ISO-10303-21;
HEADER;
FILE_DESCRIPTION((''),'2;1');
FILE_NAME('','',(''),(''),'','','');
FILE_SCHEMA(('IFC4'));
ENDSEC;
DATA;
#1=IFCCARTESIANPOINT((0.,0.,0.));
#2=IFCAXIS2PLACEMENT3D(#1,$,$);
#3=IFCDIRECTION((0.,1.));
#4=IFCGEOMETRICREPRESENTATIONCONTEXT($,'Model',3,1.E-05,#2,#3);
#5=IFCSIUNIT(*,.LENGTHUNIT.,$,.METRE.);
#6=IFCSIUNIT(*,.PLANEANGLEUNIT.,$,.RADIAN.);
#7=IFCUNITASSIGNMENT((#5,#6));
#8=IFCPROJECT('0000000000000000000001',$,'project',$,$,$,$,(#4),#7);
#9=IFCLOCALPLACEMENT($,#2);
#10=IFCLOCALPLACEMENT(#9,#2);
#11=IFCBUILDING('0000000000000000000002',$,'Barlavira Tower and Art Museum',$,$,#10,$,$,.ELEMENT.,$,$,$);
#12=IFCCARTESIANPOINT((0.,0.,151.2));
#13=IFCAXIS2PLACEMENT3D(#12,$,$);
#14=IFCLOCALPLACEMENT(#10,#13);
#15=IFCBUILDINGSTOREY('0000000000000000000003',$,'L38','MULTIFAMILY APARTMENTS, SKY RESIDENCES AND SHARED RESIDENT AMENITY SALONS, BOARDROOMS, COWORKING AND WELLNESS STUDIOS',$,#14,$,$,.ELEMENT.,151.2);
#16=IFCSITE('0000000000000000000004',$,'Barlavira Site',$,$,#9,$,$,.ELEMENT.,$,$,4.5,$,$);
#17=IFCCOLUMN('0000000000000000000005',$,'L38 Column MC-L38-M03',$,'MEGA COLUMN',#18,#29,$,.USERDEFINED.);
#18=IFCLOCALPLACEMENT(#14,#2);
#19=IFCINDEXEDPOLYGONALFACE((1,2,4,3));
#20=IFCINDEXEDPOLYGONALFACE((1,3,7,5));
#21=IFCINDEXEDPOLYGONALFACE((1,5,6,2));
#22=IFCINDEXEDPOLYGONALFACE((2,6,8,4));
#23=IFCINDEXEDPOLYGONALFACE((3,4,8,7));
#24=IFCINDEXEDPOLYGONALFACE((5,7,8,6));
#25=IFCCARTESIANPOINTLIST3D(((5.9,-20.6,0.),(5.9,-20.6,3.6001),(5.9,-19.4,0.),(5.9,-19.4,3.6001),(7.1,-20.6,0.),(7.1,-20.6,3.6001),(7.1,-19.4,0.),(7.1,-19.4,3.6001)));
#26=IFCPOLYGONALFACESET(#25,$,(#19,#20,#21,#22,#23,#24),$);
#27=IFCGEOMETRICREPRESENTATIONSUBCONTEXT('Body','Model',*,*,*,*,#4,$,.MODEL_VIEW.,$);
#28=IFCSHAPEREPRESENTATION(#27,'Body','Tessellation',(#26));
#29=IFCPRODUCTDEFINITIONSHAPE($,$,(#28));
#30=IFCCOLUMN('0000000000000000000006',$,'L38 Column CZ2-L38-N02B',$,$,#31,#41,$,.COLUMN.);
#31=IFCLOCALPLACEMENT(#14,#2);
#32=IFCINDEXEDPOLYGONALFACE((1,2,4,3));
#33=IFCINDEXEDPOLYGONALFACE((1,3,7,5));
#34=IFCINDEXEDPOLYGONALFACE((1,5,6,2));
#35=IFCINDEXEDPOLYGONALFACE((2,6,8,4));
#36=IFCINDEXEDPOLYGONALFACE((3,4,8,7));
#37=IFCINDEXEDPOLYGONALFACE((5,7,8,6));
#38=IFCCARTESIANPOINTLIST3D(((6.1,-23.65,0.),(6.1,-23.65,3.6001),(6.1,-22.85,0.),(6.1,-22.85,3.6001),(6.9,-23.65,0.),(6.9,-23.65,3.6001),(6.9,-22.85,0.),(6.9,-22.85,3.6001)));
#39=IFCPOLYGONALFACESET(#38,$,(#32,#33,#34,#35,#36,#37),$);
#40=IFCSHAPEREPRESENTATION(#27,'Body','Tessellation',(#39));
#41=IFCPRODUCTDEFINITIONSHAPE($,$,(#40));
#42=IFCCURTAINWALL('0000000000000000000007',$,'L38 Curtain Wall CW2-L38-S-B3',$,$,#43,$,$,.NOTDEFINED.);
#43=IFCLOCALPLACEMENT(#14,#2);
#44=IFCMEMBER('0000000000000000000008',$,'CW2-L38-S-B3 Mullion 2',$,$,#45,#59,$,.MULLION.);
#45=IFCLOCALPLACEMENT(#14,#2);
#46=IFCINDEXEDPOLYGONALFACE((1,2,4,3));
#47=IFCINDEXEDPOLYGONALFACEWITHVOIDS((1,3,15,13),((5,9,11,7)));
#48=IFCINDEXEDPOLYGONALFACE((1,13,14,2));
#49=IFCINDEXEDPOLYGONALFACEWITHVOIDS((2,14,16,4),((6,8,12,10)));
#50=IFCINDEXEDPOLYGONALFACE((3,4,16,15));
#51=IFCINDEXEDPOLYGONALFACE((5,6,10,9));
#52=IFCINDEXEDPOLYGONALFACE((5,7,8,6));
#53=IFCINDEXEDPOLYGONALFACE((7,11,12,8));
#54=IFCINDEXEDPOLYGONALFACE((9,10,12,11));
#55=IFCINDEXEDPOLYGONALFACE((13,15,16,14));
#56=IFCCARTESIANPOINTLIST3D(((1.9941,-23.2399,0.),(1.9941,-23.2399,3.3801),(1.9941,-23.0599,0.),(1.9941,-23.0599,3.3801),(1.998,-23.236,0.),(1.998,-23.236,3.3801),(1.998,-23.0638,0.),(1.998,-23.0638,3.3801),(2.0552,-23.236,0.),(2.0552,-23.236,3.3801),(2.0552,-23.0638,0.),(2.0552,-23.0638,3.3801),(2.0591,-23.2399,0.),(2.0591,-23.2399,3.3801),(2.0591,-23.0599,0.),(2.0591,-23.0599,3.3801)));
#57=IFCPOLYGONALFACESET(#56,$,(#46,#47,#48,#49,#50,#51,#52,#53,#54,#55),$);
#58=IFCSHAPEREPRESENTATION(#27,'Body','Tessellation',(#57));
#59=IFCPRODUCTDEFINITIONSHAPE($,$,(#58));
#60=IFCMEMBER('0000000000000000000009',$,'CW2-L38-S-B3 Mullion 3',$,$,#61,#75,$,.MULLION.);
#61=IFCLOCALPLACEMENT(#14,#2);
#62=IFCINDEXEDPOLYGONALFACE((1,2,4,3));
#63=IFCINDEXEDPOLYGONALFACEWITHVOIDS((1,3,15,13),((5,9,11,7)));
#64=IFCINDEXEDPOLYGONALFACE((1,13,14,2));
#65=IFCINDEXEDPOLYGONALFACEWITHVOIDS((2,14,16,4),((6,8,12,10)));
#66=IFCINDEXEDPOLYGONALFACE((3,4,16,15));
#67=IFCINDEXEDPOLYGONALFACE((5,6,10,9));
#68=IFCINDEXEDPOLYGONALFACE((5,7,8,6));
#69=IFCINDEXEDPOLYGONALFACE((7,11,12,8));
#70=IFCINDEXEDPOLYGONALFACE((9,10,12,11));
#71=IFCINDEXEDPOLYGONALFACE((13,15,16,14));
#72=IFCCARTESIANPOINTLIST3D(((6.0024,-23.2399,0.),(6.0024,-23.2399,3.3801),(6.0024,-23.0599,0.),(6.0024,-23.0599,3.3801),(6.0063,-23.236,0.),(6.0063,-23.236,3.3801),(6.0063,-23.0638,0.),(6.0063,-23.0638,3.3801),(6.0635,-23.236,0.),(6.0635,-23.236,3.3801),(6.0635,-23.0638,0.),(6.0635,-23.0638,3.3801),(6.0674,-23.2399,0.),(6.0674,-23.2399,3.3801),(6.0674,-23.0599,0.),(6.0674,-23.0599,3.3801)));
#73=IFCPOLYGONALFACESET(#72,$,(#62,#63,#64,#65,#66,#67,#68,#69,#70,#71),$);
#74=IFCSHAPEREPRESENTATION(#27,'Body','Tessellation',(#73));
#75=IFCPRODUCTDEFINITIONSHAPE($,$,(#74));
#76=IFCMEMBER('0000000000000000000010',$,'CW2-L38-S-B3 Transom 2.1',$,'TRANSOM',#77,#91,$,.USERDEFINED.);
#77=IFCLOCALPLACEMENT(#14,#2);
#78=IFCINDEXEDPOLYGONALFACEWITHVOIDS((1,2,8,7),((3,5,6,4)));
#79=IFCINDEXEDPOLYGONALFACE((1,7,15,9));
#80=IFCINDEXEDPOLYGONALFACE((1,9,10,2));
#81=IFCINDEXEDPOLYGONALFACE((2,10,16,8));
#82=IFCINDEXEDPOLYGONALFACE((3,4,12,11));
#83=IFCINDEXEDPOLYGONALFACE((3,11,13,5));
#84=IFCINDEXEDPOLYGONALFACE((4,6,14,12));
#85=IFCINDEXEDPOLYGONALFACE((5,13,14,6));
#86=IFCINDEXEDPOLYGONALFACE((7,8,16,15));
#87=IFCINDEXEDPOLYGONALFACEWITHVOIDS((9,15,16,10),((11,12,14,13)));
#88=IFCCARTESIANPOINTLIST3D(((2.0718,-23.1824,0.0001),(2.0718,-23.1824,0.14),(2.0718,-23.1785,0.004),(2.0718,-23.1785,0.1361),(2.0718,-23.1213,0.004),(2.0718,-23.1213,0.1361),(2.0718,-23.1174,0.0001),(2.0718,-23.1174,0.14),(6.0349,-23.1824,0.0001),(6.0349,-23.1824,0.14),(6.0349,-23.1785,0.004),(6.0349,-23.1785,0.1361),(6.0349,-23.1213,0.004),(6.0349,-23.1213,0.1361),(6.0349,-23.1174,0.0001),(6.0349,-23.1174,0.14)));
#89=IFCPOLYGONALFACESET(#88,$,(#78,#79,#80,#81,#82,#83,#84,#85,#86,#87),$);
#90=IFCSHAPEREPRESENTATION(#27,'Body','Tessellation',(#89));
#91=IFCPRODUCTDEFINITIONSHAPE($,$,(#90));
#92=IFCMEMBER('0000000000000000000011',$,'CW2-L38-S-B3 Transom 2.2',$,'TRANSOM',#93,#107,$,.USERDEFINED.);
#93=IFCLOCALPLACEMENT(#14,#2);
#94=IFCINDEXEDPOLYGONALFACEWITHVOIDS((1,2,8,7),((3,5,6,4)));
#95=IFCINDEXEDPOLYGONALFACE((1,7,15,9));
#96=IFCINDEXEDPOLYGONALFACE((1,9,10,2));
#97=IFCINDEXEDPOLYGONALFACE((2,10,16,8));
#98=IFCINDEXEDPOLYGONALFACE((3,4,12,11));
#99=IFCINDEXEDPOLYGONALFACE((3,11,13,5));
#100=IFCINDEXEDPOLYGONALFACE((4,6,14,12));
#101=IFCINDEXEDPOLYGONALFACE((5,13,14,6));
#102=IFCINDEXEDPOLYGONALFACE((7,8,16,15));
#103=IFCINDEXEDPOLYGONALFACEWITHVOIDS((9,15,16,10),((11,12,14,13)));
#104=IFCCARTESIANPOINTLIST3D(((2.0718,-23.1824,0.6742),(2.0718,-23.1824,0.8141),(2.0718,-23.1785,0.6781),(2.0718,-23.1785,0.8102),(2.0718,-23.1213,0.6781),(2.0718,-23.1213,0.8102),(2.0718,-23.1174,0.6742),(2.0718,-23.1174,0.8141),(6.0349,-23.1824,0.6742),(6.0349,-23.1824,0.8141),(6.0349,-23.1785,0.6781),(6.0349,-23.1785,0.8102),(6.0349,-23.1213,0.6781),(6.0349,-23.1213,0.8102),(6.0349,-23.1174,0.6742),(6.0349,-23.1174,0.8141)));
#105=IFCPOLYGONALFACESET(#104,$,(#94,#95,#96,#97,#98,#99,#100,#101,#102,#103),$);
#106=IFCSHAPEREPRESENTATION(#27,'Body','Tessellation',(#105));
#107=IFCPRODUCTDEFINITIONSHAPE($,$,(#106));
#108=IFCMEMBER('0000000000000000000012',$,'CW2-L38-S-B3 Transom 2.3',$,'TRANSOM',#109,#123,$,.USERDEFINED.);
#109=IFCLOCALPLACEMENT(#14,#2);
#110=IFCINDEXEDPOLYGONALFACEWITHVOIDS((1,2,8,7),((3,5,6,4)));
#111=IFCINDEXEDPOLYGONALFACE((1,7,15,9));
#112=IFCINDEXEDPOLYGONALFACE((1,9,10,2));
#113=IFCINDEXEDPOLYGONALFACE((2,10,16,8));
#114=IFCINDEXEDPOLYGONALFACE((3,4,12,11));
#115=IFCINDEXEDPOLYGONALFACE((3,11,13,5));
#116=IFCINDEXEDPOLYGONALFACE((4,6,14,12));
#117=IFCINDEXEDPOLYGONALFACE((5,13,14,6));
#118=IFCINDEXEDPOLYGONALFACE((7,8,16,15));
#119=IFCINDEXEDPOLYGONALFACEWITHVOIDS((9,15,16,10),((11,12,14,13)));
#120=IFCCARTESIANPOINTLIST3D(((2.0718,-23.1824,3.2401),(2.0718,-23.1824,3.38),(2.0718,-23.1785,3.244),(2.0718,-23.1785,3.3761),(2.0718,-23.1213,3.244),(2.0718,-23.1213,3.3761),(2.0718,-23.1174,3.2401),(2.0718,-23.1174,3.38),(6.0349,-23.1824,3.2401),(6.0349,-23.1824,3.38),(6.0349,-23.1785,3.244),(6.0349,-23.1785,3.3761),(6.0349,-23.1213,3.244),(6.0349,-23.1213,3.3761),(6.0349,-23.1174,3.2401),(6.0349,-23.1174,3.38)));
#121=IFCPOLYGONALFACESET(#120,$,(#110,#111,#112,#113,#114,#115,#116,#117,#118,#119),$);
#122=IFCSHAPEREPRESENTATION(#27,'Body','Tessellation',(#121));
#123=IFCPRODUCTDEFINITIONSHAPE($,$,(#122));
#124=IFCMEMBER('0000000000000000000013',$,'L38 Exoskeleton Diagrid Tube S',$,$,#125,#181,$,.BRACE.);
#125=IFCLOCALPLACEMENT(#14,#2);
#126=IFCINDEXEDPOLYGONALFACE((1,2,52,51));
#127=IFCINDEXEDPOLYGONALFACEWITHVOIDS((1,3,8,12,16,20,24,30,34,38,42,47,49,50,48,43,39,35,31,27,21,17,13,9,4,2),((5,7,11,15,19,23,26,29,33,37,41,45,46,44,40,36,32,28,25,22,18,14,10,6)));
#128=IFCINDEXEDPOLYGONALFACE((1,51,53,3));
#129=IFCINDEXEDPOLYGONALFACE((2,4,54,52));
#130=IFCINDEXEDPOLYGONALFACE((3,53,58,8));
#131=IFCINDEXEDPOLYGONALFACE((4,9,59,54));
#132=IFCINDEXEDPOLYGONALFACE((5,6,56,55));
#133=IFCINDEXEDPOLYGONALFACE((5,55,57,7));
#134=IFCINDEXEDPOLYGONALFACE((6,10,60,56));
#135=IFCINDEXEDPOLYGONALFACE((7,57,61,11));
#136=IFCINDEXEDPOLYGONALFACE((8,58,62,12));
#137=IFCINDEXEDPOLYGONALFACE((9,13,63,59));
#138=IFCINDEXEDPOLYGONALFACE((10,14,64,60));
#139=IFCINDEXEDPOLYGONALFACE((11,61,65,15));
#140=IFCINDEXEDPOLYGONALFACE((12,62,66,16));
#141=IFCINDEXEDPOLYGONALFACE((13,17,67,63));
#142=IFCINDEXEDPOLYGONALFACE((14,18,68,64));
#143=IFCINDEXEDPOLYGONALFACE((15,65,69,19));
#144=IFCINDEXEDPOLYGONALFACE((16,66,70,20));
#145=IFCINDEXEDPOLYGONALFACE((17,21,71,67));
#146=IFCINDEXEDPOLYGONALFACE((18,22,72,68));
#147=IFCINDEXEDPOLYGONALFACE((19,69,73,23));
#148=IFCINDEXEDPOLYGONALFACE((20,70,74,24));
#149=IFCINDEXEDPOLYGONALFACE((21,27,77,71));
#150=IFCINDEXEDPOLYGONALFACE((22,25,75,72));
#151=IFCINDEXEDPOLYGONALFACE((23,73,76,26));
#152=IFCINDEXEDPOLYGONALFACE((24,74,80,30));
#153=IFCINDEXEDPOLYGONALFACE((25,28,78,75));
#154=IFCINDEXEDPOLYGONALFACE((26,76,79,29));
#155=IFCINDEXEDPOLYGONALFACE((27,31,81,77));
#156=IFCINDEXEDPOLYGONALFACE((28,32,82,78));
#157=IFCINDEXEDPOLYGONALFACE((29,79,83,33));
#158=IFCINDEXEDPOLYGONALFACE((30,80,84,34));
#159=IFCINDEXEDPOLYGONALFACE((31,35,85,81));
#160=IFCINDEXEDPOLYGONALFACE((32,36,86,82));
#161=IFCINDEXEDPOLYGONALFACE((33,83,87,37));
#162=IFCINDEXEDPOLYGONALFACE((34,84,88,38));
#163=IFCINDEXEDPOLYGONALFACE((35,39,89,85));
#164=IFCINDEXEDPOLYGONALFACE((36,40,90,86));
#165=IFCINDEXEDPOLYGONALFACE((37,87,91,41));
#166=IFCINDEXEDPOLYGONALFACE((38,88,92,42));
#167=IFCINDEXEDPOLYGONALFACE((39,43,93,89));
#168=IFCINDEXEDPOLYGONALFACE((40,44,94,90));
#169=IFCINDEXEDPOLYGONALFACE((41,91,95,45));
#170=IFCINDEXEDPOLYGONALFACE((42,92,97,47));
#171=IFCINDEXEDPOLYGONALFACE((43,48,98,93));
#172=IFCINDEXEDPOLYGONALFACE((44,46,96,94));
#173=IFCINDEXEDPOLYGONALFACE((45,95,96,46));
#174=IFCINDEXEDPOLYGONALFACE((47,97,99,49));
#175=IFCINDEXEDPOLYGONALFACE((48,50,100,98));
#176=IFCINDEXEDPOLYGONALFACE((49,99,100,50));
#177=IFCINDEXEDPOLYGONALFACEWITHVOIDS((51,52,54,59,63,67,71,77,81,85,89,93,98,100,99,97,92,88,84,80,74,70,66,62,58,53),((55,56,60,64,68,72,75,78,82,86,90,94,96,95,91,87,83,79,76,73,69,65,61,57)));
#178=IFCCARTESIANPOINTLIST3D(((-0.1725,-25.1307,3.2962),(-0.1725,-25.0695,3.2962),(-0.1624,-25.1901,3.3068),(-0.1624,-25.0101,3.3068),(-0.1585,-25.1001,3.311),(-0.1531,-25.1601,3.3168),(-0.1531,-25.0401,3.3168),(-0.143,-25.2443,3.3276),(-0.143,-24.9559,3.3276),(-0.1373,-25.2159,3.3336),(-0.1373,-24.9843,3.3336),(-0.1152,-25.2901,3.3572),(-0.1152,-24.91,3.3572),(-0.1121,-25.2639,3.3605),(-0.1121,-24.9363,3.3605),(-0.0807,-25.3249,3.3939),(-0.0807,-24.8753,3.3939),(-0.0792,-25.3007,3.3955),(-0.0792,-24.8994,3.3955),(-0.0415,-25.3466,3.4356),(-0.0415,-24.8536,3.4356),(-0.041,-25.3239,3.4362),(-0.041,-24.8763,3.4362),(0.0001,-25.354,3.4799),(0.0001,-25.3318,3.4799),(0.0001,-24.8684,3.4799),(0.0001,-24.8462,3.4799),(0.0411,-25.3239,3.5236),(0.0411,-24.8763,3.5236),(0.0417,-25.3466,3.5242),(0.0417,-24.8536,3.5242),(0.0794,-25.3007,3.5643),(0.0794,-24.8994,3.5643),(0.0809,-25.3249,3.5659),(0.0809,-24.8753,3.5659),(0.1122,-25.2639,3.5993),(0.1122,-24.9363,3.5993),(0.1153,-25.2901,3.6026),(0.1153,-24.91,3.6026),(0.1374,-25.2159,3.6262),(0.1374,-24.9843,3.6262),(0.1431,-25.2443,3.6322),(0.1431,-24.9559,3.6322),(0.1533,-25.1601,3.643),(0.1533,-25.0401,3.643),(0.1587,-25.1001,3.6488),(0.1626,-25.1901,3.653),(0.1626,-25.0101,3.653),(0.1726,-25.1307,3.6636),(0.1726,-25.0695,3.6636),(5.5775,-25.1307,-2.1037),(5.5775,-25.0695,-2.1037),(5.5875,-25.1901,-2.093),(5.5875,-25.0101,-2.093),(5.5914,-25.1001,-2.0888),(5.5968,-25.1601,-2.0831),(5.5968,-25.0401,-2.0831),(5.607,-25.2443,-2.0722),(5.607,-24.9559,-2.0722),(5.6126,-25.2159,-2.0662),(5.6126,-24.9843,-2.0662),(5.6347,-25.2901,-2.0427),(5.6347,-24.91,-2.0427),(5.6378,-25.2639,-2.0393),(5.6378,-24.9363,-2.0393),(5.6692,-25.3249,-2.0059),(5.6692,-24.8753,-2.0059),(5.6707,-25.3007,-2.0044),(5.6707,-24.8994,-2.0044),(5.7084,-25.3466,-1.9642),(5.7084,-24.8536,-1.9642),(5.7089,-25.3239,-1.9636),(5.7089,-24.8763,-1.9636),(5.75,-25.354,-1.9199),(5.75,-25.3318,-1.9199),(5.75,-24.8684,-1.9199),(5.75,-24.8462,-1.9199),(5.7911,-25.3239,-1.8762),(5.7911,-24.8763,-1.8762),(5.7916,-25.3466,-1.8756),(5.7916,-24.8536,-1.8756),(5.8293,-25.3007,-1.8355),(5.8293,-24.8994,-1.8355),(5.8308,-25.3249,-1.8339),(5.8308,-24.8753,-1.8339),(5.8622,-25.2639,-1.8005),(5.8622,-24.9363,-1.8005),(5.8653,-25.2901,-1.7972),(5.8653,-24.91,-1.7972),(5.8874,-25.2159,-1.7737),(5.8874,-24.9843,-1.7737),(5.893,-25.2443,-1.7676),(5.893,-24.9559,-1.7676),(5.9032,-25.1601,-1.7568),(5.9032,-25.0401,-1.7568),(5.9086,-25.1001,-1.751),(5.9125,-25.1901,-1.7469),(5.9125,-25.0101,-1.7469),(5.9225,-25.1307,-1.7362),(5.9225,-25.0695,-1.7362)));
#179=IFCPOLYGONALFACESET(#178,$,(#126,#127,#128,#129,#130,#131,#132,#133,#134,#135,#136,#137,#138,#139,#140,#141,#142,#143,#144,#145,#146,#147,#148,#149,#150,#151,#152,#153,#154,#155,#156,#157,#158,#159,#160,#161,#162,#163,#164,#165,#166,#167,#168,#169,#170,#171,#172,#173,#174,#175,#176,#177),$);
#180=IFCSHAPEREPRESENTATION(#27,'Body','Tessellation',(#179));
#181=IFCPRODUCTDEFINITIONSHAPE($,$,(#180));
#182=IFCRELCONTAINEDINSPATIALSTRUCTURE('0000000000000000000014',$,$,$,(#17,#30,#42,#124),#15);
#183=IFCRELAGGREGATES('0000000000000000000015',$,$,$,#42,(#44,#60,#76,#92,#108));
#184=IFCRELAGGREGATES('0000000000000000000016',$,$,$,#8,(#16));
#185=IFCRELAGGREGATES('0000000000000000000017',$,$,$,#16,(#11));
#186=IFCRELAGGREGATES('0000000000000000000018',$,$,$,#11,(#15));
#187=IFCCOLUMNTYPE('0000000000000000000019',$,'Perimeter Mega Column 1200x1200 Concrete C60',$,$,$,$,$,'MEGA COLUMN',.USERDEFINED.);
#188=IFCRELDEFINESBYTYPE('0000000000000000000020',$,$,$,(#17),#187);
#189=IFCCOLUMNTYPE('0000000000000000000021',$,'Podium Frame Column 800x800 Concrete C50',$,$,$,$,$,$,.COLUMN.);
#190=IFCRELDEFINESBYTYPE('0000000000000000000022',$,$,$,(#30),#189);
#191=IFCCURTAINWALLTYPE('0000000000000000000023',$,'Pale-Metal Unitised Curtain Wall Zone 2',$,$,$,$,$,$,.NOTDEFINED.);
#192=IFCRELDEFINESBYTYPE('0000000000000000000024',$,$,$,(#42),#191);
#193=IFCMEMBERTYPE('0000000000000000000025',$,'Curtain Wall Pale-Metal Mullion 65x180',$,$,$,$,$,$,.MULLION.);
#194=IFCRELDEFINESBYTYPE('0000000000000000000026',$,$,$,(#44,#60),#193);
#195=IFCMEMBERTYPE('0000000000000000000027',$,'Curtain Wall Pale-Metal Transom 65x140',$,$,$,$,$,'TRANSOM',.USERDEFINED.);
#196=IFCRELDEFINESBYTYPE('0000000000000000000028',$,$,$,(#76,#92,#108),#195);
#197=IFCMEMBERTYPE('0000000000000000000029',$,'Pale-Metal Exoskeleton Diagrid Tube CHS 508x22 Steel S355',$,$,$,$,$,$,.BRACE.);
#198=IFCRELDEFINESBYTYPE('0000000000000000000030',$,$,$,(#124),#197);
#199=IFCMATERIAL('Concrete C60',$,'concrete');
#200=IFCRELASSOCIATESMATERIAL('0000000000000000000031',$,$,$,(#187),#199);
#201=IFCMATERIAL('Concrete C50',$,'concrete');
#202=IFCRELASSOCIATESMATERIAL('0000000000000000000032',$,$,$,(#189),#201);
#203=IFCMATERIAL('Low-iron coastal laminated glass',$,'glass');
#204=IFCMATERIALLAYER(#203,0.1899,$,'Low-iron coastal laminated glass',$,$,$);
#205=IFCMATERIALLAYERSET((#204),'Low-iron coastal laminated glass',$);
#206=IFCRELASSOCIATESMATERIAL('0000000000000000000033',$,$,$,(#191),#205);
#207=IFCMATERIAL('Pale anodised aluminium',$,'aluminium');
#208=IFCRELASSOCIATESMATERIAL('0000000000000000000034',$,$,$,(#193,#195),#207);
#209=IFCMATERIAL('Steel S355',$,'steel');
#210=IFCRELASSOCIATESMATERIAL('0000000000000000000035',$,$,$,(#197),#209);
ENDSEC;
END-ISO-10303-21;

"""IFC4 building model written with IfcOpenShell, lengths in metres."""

from ifc_helpers import new_model, si_unit, direction, frame, origin, origin_2d, place, context, subcontext, project, spatial, rectangle, hollow_rectangle, hollow_circle, extrude, material, layer, layer_set, material_profile, profile_set, type_object, element, aggregate, save


model = new_model("IFC4")

# Units and contexts
model_context = context("Model", 3, precision=1e-05, world=origin(), true_north=direction((0.0, 1.0)))
body_context = subcontext(model_context, "Body", "Model", "MODEL_VIEW")
ifc_project = project(units=[si_unit("LENGTHUNIT", "METRE"), si_unit("PLANEANGLEUNIT", "RADIAN")], contexts=[model_context])

# Site, building, storey
site_placement = place(None, origin())
site = spatial("IfcSite", under=ifc_project, at=site_placement, Name="Barlavira Site", CompositionType="ELEMENT", RefElevation=4.5)
building_placement = place(site_placement, origin())
building = spatial("IfcBuilding", under=site, at=building_placement, Name="Barlavira Tower and Art Museum", CompositionType="ELEMENT")
storey_placement = place(building_placement, frame((0.0, 0.0, 151.2)))
storey = spatial("IfcBuildingStorey", under=building, at=storey_placement, Name="L38", Description="MULTIFAMILY APARTMENTS, SKY RESIDENCES AND SHARED RESIDENT AMENITY SALONS, BOARDROOMS, COWORKING AND WELLNESS STUDIOS", CompositionType="ELEMENT", Elevation=151.2)

# Columns
ifc_material_1 = material(Name="Concrete C60", Category="concrete")
ifc_material_profile_1 = material_profile(ifc_material_1, rectangle(XDim=1.2, YDim=1.2, at=origin_2d()), Name="RC-COL 1200x1200")
ifc_profile_set_1 = profile_set([ifc_material_profile_1], Name="Concrete C60")
column_type_1 = type_object("IfcColumnType", Name="Perimeter Mega Column 1200x1200 Concrete C60", ElementType="MEGA COLUMN", PredefinedType="USERDEFINED", material=ifc_profile_set_1)
column_1_placement = place(storey_placement, frame((6.5, -20.0, 0.0), z_axis=(0.0, 0.0, 1.0), x_axis=(1.0, 0.0, 0.0)))
element("IfcColumn", 1, at=column_1_placement, inside=storey, type_object=column_type_1, Name="L38 Column MC-L38-M03", ObjectType="MEGA COLUMN", PredefinedType="USERDEFINED", context=body_context, shape_type="SweptSolid", body=[
    extrude(rectangle(XDim=1.2, YDim=1.2, at=origin_2d()), origin(), (0.0, 0.0, 1.0), 3.6001),
])
ifc_material_2 = material(Name="Concrete C50", Category="concrete")
ifc_material_profile_2 = material_profile(ifc_material_2, rectangle(XDim=0.8, YDim=0.8, at=origin_2d()), Name="RC-COL 800x800")
ifc_profile_set_2 = profile_set([ifc_material_profile_2], Name="Concrete C50")
column_type_2 = type_object("IfcColumnType", Name="Podium Frame Column 800x800 Concrete C50", PredefinedType="COLUMN", material=ifc_profile_set_2)
column_2_placement = place(storey_placement, frame((6.5, -23.25, 0.0), z_axis=(0.0, 0.0, 1.0), x_axis=(1.0, 0.0, 0.0)))
element("IfcColumn", 2, at=column_2_placement, inside=storey, type_object=column_type_2, Name="L38 Column CZ2-L38-N02B", PredefinedType="COLUMN", context=body_context, shape_type="SweptSolid", body=[
    extrude(rectangle(XDim=0.8, YDim=0.8, at=origin_2d()), origin(), (0.0, 0.0, 1.0), 3.6001),
])

# Curtain wall, members
ifc_material_3 = material(Name="Low-iron coastal laminated glass", Category="glass")
ifc_layer_1 = layer(ifc_material_3, 0.1899, Name="Low-iron coastal laminated glass")
ifc_layer_set_1 = layer_set([ifc_layer_1], Name="Low-iron coastal laminated glass")
curtain_wall_type = type_object("IfcCurtainWallType", Name="Pale-Metal Unitised Curtain Wall Zone 2", PredefinedType="NOTDEFINED", material=ifc_layer_set_1)
curtain_wall_placement = place(storey_placement, origin())
curtain_wall = element("IfcCurtainWall", 3, at=curtain_wall_placement, inside=storey, type_object=curtain_wall_type, Name="L38 Curtain Wall CW2-L38-S-B3", PredefinedType="NOTDEFINED")
ifc_material_4 = material(Name="Pale anodised aluminium", Category="aluminium")
ifc_material_profile_3 = material_profile(ifc_material_4, hollow_rectangle(XDim=0.0649, YDim=0.1799, WallThickness=0.0039, at=origin_2d()), Name="ALU-MULL 65x180x4")
ifc_profile_set_3 = profile_set([ifc_material_profile_3], Name="Pale anodised aluminium")
member_type_1 = type_object("IfcMemberType", Name="Curtain Wall Pale-Metal Mullion 65x180", PredefinedType="MULLION", material=ifc_profile_set_3)
member_1_placement = place(storey_placement, frame((2.0266, -23.1499, 0.0), z_axis=(0.0, 0.0, 1.0), x_axis=(1.0, 0.0, 0.0)))
member_1 = element("IfcMember", 4, at=member_1_placement, type_object=member_type_1, Name="CW2-L38-S-B3 Mullion 2", PredefinedType="MULLION", context=body_context, shape_type="SweptSolid", body=[
    extrude(hollow_rectangle(XDim=0.0649, YDim=0.1799, WallThickness=0.0039, at=origin_2d()), origin(), (0.0, 0.0, 1.0), 3.3801),
])
member_2_placement = place(storey_placement, frame((6.0349, -23.1499, 0.0), z_axis=(0.0, 0.0, 1.0), x_axis=(1.0, 0.0, 0.0)))
member_2 = element("IfcMember", 5, at=member_2_placement, type_object=member_type_1, Name="CW2-L38-S-B3 Mullion 3", PredefinedType="MULLION", context=body_context, shape_type="SweptSolid", body=[
    extrude(hollow_rectangle(XDim=0.0649, YDim=0.1799, WallThickness=0.0039, at=origin_2d()), origin(), (0.0, 0.0, 1.0), 3.3801),
])
ifc_material_profile_4 = material_profile(ifc_material_4, hollow_rectangle(XDim=0.0649, YDim=0.1399, WallThickness=0.0039, at=origin_2d()), Name="ALU-TRAN 65x140x4")
ifc_profile_set_4 = profile_set([ifc_material_profile_4], Name="Pale anodised aluminium")
member_type_2 = type_object("IfcMemberType", Name="Curtain Wall Pale-Metal Transom 65x140", ElementType="TRANSOM", PredefinedType="USERDEFINED", material=ifc_profile_set_4)
member_3_placement = place(storey_placement, frame((2.0718, -23.1499, 0.0701), z_axis=(1.0, 0.0, 0.0), x_axis=(0.0, 1.0, 0.0)))
member_3 = element("IfcMember", 6, at=member_3_placement, type_object=member_type_2, Name="CW2-L38-S-B3 Transom 2.1", ObjectType="TRANSOM", PredefinedType="USERDEFINED", context=body_context, shape_type="SweptSolid", body=[
    extrude(hollow_rectangle(XDim=0.0649, YDim=0.1399, WallThickness=0.0039, at=origin_2d()), origin(), (0.0, 0.0, 1.0), 3.9631),
])
member_4_placement = place(storey_placement, frame((2.0718, -23.1499, 0.7441), z_axis=(1.0, 0.0, 0.0), x_axis=(0.0, 1.0, 0.0)))
member_4 = element("IfcMember", 7, at=member_4_placement, type_object=member_type_2, Name="CW2-L38-S-B3 Transom 2.2", ObjectType="TRANSOM", PredefinedType="USERDEFINED", context=body_context, shape_type="SweptSolid", body=[
    extrude(hollow_rectangle(XDim=0.0649, YDim=0.1399, WallThickness=0.0039, at=origin_2d()), origin(), (0.0, 0.0, 1.0), 3.9631),
])
member_5_placement = place(storey_placement, frame((2.0718, -23.1499, 3.3101), z_axis=(1.0, 0.0, 0.0), x_axis=(0.0, 1.0, 0.0)))
member_5 = element("IfcMember", 8, at=member_5_placement, type_object=member_type_2, Name="CW2-L38-S-B3 Transom 2.3", ObjectType="TRANSOM", PredefinedType="USERDEFINED", context=body_context, shape_type="SweptSolid", body=[
    extrude(hollow_rectangle(XDim=0.0649, YDim=0.1399, WallThickness=0.0039, at=origin_2d()), origin(), (0.0, 0.0, 1.0), 3.9631),
])

# Member
ifc_material_5 = material(Name="Steel S355", Category="steel")
ifc_material_profile_5 = material_profile(ifc_material_5, hollow_circle(Radius=0.2539, WallThickness=0.0222, at=origin_2d()), Name="CHS 508.0x22.2")
ifc_profile_set_5 = profile_set([ifc_material_profile_5], Name="Steel S355")
member_type_3 = type_object("IfcMemberType", Name="Pale-Metal Exoskeleton Diagrid Tube CHS 508x22 Steel S355", PredefinedType="BRACE", material=ifc_profile_set_5)
for number, where, z_axis, x_axis, name in (
    (9, (5.75, -25.1001, -1.9199), (-0.72895, 0.0, 0.684567), (0.0, -1.0, 0.0), "L38 Exoskeleton Diagrid Tube S"),
):
    element("IfcMember", number, at=place(storey_placement, frame(where, z_axis=z_axis, x_axis=x_axis)), inside=storey, type_object=member_type_3, Name=name, PredefinedType="BRACE", context=body_context, shape_type="SweptSolid", body=[
        extrude(hollow_circle(Radius=0.2539, WallThickness=0.0222, at=origin_2d()), origin(), (0.0, 0.0, 1.0), 7.8879),
    ])

aggregate(curtain_wall, [member_1, member_2, member_3, member_4, member_5])

save(model, "model.ifc")
